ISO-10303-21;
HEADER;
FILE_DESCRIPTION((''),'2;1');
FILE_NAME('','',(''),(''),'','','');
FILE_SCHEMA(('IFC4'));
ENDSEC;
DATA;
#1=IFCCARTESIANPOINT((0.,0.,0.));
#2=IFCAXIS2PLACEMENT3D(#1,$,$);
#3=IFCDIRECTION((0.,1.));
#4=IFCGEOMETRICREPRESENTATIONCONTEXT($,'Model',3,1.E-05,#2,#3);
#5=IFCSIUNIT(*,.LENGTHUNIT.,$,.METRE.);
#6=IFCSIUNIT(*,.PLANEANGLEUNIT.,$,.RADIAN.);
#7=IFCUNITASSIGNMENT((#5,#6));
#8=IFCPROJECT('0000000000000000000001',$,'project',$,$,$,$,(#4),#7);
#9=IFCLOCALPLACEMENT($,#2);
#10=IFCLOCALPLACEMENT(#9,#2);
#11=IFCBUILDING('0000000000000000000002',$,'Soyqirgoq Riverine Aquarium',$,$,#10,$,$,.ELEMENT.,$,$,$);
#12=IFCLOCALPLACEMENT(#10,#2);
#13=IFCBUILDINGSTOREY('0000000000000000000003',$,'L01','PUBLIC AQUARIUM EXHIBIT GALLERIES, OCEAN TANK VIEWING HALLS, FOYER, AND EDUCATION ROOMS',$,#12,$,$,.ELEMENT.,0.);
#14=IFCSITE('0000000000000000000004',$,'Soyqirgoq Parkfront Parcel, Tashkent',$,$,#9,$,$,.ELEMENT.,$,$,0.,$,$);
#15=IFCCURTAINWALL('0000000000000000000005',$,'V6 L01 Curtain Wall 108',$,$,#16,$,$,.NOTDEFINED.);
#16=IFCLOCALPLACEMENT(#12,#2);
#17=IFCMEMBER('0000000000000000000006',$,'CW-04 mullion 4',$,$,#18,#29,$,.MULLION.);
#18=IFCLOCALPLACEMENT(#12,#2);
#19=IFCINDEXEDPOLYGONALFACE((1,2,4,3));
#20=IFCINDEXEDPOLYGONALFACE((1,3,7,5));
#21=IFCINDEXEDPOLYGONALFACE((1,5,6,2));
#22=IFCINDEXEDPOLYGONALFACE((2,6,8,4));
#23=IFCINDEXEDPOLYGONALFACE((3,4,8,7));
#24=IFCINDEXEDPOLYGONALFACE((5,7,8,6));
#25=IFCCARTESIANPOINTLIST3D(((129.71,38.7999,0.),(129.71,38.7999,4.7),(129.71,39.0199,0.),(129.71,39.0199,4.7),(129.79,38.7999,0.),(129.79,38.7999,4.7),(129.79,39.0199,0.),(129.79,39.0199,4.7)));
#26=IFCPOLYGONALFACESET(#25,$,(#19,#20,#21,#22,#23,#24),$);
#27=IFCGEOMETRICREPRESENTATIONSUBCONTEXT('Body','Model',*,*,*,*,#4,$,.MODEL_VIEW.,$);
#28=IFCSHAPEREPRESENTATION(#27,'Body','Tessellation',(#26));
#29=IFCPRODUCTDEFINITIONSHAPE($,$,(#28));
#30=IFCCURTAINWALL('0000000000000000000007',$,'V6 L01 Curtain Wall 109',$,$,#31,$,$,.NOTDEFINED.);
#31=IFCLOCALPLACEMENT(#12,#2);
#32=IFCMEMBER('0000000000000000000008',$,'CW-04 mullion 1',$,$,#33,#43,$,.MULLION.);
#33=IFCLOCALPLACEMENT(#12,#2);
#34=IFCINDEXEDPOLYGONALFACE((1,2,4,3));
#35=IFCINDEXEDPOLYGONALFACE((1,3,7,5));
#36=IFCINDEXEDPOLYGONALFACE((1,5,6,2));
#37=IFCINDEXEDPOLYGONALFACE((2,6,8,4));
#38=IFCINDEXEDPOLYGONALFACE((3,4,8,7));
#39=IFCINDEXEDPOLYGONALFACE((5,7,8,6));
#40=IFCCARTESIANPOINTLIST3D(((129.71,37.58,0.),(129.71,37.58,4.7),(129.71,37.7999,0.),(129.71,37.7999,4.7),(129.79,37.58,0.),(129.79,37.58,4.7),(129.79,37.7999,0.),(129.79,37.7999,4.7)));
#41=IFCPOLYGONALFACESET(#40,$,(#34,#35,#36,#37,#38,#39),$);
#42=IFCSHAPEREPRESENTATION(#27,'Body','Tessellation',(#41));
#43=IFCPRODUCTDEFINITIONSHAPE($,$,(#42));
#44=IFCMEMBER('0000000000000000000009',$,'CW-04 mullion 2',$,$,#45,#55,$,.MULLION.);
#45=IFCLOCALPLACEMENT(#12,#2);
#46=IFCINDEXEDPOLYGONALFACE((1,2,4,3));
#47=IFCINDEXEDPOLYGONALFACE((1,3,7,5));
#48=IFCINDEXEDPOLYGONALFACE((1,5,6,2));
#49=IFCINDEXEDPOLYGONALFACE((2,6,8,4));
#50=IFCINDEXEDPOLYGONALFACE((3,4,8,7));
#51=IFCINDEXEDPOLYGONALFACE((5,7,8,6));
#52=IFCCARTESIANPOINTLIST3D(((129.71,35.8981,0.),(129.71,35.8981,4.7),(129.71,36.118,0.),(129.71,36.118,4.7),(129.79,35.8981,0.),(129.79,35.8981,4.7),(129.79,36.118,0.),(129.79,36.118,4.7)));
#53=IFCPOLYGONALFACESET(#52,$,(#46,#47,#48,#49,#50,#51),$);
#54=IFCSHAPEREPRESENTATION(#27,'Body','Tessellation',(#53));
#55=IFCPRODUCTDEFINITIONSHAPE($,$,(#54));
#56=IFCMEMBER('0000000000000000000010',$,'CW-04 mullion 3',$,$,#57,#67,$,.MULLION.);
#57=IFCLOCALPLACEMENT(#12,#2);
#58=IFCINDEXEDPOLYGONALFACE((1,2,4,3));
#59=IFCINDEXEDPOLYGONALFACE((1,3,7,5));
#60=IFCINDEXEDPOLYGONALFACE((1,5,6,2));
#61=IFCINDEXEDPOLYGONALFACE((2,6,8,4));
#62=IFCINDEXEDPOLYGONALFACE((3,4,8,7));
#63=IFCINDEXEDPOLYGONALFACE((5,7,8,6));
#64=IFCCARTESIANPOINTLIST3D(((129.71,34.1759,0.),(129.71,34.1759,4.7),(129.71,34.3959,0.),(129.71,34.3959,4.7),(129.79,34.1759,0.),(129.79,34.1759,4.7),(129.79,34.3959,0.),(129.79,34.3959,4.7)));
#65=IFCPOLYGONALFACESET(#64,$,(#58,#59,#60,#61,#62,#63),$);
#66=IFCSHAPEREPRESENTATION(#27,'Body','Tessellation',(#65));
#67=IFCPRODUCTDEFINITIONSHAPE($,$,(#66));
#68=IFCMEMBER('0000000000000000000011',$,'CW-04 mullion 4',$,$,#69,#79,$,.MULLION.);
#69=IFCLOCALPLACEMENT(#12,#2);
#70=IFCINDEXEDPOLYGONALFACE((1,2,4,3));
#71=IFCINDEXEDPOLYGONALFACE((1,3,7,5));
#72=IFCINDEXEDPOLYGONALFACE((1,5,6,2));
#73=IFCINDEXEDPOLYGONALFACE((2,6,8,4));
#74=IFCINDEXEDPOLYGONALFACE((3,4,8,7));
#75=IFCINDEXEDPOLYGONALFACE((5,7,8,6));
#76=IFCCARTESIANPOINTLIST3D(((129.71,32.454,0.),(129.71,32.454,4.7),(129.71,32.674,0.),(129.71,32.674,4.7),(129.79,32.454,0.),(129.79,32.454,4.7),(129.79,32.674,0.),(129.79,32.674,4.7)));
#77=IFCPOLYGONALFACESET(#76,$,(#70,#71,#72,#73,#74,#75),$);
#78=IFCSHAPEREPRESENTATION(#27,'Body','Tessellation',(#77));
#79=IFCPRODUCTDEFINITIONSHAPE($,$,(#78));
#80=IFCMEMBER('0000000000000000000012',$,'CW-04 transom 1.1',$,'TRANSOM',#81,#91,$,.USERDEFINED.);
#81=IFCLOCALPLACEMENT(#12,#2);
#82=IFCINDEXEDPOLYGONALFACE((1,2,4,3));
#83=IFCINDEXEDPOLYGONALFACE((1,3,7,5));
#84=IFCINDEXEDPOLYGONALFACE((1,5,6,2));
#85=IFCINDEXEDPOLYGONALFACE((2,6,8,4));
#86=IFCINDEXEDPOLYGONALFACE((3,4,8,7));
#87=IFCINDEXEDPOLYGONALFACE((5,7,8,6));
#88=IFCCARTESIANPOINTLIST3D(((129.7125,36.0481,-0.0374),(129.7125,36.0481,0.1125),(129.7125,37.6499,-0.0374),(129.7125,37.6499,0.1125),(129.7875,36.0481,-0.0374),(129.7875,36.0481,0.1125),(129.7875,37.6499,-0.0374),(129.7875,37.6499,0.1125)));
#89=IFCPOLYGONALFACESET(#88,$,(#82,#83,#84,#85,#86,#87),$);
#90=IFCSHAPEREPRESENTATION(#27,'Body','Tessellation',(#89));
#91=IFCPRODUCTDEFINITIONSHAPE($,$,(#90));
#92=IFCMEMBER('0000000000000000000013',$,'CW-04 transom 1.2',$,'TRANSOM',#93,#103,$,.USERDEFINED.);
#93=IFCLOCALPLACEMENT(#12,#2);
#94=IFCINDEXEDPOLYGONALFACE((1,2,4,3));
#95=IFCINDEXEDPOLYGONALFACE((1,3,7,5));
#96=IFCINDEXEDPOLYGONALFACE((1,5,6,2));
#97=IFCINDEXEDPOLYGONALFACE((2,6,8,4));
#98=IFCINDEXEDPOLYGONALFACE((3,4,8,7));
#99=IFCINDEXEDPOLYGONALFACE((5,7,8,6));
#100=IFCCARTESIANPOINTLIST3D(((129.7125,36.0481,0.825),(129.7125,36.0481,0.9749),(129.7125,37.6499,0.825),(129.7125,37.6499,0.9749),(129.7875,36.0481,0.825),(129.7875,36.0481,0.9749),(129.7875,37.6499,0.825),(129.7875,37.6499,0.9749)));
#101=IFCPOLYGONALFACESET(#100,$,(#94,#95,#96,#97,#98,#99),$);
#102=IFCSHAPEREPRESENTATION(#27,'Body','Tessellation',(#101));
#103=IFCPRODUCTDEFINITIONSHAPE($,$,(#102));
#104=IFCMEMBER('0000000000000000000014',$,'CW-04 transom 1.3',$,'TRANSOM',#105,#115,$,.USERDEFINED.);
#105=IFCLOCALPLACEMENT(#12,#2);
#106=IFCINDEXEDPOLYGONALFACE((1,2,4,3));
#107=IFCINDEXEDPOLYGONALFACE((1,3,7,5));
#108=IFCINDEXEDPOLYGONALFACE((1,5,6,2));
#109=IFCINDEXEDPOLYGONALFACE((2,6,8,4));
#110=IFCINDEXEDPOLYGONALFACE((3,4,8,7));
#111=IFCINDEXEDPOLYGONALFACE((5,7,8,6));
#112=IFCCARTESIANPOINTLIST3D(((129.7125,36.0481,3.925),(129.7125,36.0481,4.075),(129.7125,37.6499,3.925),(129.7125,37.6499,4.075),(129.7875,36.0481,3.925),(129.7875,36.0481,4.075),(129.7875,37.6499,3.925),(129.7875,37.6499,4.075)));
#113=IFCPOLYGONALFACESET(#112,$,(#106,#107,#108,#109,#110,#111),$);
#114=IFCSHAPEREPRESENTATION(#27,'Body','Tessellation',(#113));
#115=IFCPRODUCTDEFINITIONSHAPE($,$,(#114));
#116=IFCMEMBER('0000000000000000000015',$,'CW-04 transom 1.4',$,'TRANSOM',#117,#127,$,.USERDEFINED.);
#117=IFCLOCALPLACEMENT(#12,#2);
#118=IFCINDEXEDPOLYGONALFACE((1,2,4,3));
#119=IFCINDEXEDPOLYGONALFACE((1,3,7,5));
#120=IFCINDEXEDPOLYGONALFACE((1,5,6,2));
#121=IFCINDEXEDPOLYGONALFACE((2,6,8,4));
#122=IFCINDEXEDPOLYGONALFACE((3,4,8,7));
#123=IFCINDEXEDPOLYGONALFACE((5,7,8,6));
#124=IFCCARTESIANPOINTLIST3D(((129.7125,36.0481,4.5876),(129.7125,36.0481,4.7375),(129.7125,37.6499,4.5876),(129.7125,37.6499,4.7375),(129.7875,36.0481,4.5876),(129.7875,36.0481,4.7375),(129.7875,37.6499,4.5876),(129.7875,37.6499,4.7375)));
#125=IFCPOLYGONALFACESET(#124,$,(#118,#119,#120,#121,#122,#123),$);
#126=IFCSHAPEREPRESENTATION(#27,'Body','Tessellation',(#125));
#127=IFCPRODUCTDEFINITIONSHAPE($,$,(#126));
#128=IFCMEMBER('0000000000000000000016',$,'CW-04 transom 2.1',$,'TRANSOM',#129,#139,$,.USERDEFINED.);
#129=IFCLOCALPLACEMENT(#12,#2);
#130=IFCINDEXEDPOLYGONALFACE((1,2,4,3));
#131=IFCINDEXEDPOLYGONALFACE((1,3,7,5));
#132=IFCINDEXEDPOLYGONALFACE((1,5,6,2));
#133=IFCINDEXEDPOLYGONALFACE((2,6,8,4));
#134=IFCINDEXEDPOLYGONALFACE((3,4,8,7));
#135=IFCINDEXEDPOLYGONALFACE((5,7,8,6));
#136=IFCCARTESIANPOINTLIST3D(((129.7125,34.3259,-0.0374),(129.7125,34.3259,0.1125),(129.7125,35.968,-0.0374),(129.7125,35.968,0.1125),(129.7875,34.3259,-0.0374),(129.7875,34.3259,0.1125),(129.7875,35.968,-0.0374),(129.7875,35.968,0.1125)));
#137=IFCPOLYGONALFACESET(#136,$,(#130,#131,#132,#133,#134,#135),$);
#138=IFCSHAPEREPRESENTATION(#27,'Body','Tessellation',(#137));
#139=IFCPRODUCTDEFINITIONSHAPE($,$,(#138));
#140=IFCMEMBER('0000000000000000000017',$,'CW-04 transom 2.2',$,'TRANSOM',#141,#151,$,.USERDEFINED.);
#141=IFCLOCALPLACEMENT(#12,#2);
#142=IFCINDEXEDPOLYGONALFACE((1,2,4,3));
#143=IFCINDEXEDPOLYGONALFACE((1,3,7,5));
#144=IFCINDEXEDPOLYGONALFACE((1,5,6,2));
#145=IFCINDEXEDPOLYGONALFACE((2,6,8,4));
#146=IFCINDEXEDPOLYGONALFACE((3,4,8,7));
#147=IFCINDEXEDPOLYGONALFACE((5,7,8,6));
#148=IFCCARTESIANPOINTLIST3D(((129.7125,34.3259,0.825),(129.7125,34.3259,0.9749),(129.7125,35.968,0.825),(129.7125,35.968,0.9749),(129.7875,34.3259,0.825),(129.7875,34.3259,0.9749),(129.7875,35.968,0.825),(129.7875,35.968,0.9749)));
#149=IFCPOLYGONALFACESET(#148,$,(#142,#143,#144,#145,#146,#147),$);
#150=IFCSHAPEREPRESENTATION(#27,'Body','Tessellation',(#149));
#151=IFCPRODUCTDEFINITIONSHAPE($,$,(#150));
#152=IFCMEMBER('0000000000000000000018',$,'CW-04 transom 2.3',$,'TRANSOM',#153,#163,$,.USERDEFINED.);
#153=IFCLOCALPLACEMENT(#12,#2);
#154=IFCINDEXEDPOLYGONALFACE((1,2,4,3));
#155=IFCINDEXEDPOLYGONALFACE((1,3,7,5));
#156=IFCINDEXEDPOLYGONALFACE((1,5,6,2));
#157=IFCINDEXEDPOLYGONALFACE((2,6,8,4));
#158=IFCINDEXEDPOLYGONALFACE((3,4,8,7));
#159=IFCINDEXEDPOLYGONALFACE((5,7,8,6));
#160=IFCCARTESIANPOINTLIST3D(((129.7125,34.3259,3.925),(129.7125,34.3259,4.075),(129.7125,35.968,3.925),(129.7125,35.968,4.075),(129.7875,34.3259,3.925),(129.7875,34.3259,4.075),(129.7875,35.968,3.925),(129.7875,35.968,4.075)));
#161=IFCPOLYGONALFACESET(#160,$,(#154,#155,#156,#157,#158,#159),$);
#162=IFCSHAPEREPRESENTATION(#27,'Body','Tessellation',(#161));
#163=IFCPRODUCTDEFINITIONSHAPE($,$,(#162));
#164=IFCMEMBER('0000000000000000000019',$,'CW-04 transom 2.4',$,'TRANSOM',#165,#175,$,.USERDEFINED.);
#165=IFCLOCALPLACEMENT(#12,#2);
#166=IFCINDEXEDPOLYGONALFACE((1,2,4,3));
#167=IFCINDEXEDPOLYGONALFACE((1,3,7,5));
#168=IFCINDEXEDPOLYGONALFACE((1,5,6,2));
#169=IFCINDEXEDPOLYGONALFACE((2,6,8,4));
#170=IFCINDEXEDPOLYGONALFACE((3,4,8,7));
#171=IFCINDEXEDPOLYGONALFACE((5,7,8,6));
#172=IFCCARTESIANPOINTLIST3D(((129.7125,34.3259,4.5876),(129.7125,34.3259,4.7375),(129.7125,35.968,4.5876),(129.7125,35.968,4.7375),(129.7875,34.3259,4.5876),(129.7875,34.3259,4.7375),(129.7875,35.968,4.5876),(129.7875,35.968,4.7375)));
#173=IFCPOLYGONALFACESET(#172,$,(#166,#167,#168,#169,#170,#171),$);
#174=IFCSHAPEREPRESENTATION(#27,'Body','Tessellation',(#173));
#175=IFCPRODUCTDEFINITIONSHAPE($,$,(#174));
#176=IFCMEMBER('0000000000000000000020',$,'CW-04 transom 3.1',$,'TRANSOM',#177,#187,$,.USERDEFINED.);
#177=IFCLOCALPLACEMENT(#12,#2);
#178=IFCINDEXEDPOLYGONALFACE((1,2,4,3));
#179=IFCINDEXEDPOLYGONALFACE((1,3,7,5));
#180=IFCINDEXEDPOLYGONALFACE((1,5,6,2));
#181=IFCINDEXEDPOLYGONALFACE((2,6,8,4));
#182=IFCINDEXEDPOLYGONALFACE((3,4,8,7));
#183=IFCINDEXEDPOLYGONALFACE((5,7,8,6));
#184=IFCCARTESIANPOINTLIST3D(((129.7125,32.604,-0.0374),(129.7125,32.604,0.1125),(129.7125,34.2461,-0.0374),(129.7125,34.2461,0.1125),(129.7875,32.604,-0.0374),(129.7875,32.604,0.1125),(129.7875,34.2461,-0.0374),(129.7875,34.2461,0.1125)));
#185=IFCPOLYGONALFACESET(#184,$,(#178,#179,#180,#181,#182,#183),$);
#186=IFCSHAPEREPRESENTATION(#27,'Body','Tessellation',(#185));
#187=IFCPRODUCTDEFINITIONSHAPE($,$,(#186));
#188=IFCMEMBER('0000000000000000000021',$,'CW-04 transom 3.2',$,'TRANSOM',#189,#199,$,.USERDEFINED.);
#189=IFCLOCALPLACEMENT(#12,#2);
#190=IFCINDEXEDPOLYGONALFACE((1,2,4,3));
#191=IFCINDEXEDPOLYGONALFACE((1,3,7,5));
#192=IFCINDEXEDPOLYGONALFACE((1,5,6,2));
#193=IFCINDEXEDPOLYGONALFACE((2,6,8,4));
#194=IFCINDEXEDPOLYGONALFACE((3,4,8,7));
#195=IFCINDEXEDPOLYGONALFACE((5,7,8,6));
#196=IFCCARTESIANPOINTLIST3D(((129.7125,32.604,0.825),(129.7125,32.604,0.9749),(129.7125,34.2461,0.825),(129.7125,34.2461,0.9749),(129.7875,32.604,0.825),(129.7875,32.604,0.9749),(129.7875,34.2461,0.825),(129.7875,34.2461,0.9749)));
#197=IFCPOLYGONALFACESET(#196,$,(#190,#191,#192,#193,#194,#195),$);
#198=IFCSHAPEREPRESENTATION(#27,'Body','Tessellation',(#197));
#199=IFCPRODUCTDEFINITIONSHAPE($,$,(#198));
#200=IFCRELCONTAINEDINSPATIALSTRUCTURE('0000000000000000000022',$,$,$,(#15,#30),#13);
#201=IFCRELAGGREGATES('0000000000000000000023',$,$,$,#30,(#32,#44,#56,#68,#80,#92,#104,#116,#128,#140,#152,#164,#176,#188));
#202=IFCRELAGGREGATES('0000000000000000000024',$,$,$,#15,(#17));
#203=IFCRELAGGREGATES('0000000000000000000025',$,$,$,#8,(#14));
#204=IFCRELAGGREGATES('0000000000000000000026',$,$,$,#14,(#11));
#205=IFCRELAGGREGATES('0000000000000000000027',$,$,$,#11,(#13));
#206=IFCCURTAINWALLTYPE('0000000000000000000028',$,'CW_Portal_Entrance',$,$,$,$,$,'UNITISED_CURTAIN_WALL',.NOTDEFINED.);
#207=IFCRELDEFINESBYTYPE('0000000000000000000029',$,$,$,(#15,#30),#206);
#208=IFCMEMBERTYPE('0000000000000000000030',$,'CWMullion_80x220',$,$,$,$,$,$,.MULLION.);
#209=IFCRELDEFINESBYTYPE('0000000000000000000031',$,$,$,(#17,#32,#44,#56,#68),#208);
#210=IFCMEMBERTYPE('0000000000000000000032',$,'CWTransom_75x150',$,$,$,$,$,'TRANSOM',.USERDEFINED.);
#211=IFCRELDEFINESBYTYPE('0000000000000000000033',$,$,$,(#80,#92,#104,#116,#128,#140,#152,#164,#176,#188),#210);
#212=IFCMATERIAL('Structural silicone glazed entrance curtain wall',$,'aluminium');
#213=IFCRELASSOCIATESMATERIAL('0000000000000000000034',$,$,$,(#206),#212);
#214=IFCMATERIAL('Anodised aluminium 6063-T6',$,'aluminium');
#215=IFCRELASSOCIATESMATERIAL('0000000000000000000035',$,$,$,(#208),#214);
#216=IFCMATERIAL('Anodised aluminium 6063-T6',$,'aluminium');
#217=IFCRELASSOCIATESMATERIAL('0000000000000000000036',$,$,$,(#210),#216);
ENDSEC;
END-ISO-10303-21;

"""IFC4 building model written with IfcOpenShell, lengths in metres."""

from ifc_helpers import new_model, si_unit, direction, frame, origin, origin_2d, place, context, subcontext, project, spatial, rectangle, extrude, material, material_profile, profile_set, type_object, element, aggregate, save


model = new_model("IFC4")

# Units and contexts
model_context = context("Model", 3, precision=1e-05, world=origin(), true_north=direction((0.0, 1.0)))
body_context = subcontext(model_context, "Body", "Model", "MODEL_VIEW")
ifc_project = project(units=[si_unit("LENGTHUNIT", "METRE"), si_unit("PLANEANGLEUNIT", "RADIAN")], contexts=[model_context])

# Site, building, storey
site_placement = place(None, origin())
site = spatial("IfcSite", under=ifc_project, at=site_placement, Name="Soyqirgoq Parkfront Parcel, Tashkent", CompositionType="ELEMENT", RefElevation=0.0)
building_placement = place(site_placement, origin())
building = spatial("IfcBuilding", under=site, at=building_placement, Name="Soyqirgoq Riverine Aquarium", CompositionType="ELEMENT")
storey_placement = place(building_placement, origin())
storey = spatial("IfcBuildingStorey", under=building, at=storey_placement, Name="L01", Description="PUBLIC AQUARIUM EXHIBIT GALLERIES, OCEAN TANK VIEWING HALLS, FOYER, AND EDUCATION ROOMS", CompositionType="ELEMENT", Elevation=0.0)

# Curtain wall, member
ifc_material_1 = material(Name="Structural silicone glazed entrance curtain wall", Category="aluminium")
curtain_wall_type = type_object("IfcCurtainWallType", Name="CW_Portal_Entrance", ElementType="UNITISED_CURTAIN_WALL", PredefinedType="NOTDEFINED", material=ifc_material_1)
curtain_wall_1_placement = place(storey_placement, origin())
curtain_wall_1 = element("IfcCurtainWall", 1, at=curtain_wall_1_placement, inside=storey, type_object=curtain_wall_type, Name="V6 L01 Curtain Wall 108", PredefinedType="NOTDEFINED")
ifc_material_2 = material(Name="Anodised aluminium 6063-T6", Category="aluminium")
ifc_material_profile_1 = material_profile(ifc_material_2, rectangle(XDim=0.0801, YDim=0.22, at=origin_2d()), Name="ALU-M 80x220")
ifc_profile_set_1 = profile_set([ifc_material_profile_1], Name="Anodised aluminium 6063-T6")
member_type_1 = type_object("IfcMemberType", Name="CWMullion_80x220", PredefinedType="MULLION", material=ifc_profile_set_1)
member_1_placement = place(storey_placement, frame((129.75, 38.9099, 0.0), z_axis=(0.0, 0.0, 1.0), x_axis=(1.0, 0.0, 0.0)))
member_1 = element("IfcMember", 2, at=member_1_placement, type_object=member_type_1, Name="CW-04 mullion 4", PredefinedType="MULLION", context=body_context, shape_type="SweptSolid", body=[
    extrude(rectangle(XDim=0.0801, YDim=0.22, at=origin_2d()), origin(), (0.0, 0.0, 1.0), 4.7),
])

# Curtain wall, members
curtain_wall_2_placement = place(storey_placement, origin())
curtain_wall_2 = element("IfcCurtainWall", 3, at=curtain_wall_2_placement, inside=storey, type_object=curtain_wall_type, Name="V6 L01 Curtain Wall 109", PredefinedType="NOTDEFINED")
member_2_placement = place(storey_placement, frame((129.75, 37.6899, 0.0), z_axis=(0.0, 0.0, 1.0), x_axis=(1.0, 0.0, 0.0)))
member_2 = element("IfcMember", 4, at=member_2_placement, type_object=member_type_1, Name="CW-04 mullion 1", PredefinedType="MULLION", context=body_context, shape_type="SweptSolid", body=[
    extrude(rectangle(XDim=0.0801, YDim=0.22, at=origin_2d()), origin(), (0.0, 0.0, 1.0), 4.7),
])
member_3_placement = place(storey_placement, frame((129.75, 36.0081, 0.0), z_axis=(0.0, 0.0, 1.0), x_axis=(1.0, 0.0, 0.0)))
member_3 = element("IfcMember", 5, at=member_3_placement, type_object=member_type_1, Name="CW-04 mullion 2", PredefinedType="MULLION", context=body_context, shape_type="SweptSolid", body=[
    extrude(rectangle(XDim=0.0801, YDim=0.22, at=origin_2d()), origin(), (0.0, 0.0, 1.0), 4.7),
])
member_4_placement = place(storey_placement, frame((129.75, 34.2859, 0.0), z_axis=(0.0, 0.0, 1.0), x_axis=(1.0, 0.0, 0.0)))
member_4 = element("IfcMember", 6, at=member_4_placement, type_object=member_type_1, Name="CW-04 mullion 3", PredefinedType="MULLION", context=body_context, shape_type="SweptSolid", body=[
    extrude(rectangle(XDim=0.0801, YDim=0.22, at=origin_2d()), origin(), (0.0, 0.0, 1.0), 4.7),
])
member_5_placement = place(storey_placement, frame((129.75, 32.564, 0.0), z_axis=(0.0, 0.0, 1.0), x_axis=(1.0, 0.0, 0.0)))
member_5 = element("IfcMember", 7, at=member_5_placement, type_object=member_type_1, Name="CW-04 mullion 4", PredefinedType="MULLION", context=body_context, shape_type="SweptSolid", body=[
    extrude(rectangle(XDim=0.0801, YDim=0.22, at=origin_2d()), origin(), (0.0, 0.0, 1.0), 4.7),
])
ifc_material_3 = material(Name="Anodised aluminium 6063-T6", Category="aluminium")
ifc_material_profile_2 = material_profile(ifc_material_3, rectangle(XDim=0.075, YDim=0.1499, at=origin_2d()), Name="ALU-T 75x150")
ifc_profile_set_2 = profile_set([ifc_material_profile_2], Name="Anodised aluminium 6063-T6")
member_type_2 = type_object("IfcMemberType", Name="CWTransom_75x150", ElementType="TRANSOM", PredefinedType="USERDEFINED", material=ifc_profile_set_2)
member_6_placement = place(storey_placement, frame((129.75, 37.6499, 0.0376), z_axis=(0.0, -1.0, 0.0), x_axis=(1.0, 0.0, 0.0)))
member_6 = element("IfcMember", 8, at=member_6_placement, type_object=member_type_2, Name="CW-04 transom 1.1", ObjectType="TRANSOM", PredefinedType="USERDEFINED", context=body_context, shape_type="SweptSolid", body=[
    extrude(rectangle(XDim=0.075, YDim=0.1499, at=origin_2d()), origin(), (0.0, 0.0, 1.0), 1.6018),
])
member_7_placement = place(storey_placement, frame((129.75, 37.6499, 0.8999), z_axis=(0.0, -1.0, 0.0), x_axis=(1.0, 0.0, 0.0)))
member_7 = element("IfcMember", 9, at=member_7_placement, type_object=member_type_2, Name="CW-04 transom 1.2", ObjectType="TRANSOM", PredefinedType="USERDEFINED", context=body_context, shape_type="SweptSolid", body=[
    extrude(rectangle(XDim=0.075, YDim=0.1499, at=origin_2d()), origin(), (0.0, 0.0, 1.0), 1.6018),
])
member_8_placement = place(storey_placement, frame((129.75, 37.6499, 4.0), z_axis=(0.0, -1.0, 0.0), x_axis=(1.0, 0.0, 0.0)))
member_8 = element("IfcMember", 10, at=member_8_placement, type_object=member_type_2, Name="CW-04 transom 1.3", ObjectType="TRANSOM", PredefinedType="USERDEFINED", context=body_context, shape_type="SweptSolid", body=[
    extrude(rectangle(XDim=0.075, YDim=0.1499, at=origin_2d()), origin(), (0.0, 0.0, 1.0), 1.6018),
])
member_9_placement = place(storey_placement, frame((129.75, 37.6499, 4.6626), z_axis=(0.0, -1.0, 0.0), x_axis=(1.0, 0.0, 0.0)))
member_9 = element("IfcMember", 11, at=member_9_placement, type_object=member_type_2, Name="CW-04 transom 1.4", ObjectType="TRANSOM", PredefinedType="USERDEFINED", context=body_context, shape_type="SweptSolid", body=[
    extrude(rectangle(XDim=0.075, YDim=0.1499, at=origin_2d()), origin(), (0.0, 0.0, 1.0), 1.6018),
])
member_10_placement = place(storey_placement, frame((129.75, 35.968, 0.0376), z_axis=(0.0, -1.0, 0.0), x_axis=(1.0, 0.0, 0.0)))
member_10 = element("IfcMember", 12, at=member_10_placement, type_object=member_type_2, Name="CW-04 transom 2.1", ObjectType="TRANSOM", PredefinedType="USERDEFINED", context=body_context, shape_type="SweptSolid", body=[
    extrude(rectangle(XDim=0.075, YDim=0.1499, at=origin_2d()), origin(), (0.0, 0.0, 1.0), 1.6421),
])
member_11_placement = place(storey_placement, frame((129.75, 35.968, 0.8999), z_axis=(0.0, -1.0, 0.0), x_axis=(1.0, 0.0, 0.0)))
member_11 = element("IfcMember", 13, at=member_11_placement, type_object=member_type_2, Name="CW-04 transom 2.2", ObjectType="TRANSOM", PredefinedType="USERDEFINED", context=body_context, shape_type="SweptSolid", body=[
    extrude(rectangle(XDim=0.075, YDim=0.1499, at=origin_2d()), origin(), (0.0, 0.0, 1.0), 1.6421),
])
member_12_placement = place(storey_placement, frame((129.75, 35.968, 4.0), z_axis=(0.0, -1.0, 0.0), x_axis=(1.0, 0.0, 0.0)))
member_12 = element("IfcMember", 14, at=member_12_placement, type_object=member_type_2, Name="CW-04 transom 2.3", ObjectType="TRANSOM", PredefinedType="USERDEFINED", context=body_context, shape_type="SweptSolid", body=[
    extrude(rectangle(XDim=0.075, YDim=0.1499, at=origin_2d()), origin(), (0.0, 0.0, 1.0), 1.6421),
])
member_13_placement = place(storey_placement, frame((129.75, 35.968, 4.6626), z_axis=(0.0, -1.0, 0.0), x_axis=(1.0, 0.0, 0.0)))
member_13 = element("IfcMember", 15, at=member_13_placement, type_object=member_type_2, Name="CW-04 transom 2.4", ObjectType="TRANSOM", PredefinedType="USERDEFINED", context=body_context, shape_type="SweptSolid", body=[
    extrude(rectangle(XDim=0.075, YDim=0.1499, at=origin_2d()), origin(), (0.0, 0.0, 1.0), 1.6421),
])
member_14_placement = place(storey_placement, frame((129.75, 34.2461, 0.0376), z_axis=(0.0, -1.0, 0.0), x_axis=(1.0, 0.0, 0.0)))
member_14 = element("IfcMember", 16, at=member_14_placement, type_object=member_type_2, Name="CW-04 transom 3.1", ObjectType="TRANSOM", PredefinedType="USERDEFINED", context=body_context, shape_type="SweptSolid", body=[
    extrude(rectangle(XDim=0.075, YDim=0.1499, at=origin_2d()), origin(), (0.0, 0.0, 1.0), 1.6421),
])
member_15_placement = place(storey_placement, frame((129.75, 34.2461, 0.8999), z_axis=(0.0, -1.0, 0.0), x_axis=(1.0, 0.0, 0.0)))
member_15 = element("IfcMember", 17, at=member_15_placement, type_object=member_type_2, Name="CW-04 transom 3.2", ObjectType="TRANSOM", PredefinedType="USERDEFINED", context=body_context, shape_type="SweptSolid", body=[
    extrude(rectangle(XDim=0.075, YDim=0.1499, at=origin_2d()), origin(), (0.0, 0.0, 1.0), 1.6421),
])
aggregate(curtain_wall_2, [member_2, member_3, member_4, member_5, member_6, member_7, member_8, member_9, member_10, member_11, member_12, member_13, member_14, member_15])

aggregate(curtain_wall_1, [member_1])

save(model, "model.ifc")
